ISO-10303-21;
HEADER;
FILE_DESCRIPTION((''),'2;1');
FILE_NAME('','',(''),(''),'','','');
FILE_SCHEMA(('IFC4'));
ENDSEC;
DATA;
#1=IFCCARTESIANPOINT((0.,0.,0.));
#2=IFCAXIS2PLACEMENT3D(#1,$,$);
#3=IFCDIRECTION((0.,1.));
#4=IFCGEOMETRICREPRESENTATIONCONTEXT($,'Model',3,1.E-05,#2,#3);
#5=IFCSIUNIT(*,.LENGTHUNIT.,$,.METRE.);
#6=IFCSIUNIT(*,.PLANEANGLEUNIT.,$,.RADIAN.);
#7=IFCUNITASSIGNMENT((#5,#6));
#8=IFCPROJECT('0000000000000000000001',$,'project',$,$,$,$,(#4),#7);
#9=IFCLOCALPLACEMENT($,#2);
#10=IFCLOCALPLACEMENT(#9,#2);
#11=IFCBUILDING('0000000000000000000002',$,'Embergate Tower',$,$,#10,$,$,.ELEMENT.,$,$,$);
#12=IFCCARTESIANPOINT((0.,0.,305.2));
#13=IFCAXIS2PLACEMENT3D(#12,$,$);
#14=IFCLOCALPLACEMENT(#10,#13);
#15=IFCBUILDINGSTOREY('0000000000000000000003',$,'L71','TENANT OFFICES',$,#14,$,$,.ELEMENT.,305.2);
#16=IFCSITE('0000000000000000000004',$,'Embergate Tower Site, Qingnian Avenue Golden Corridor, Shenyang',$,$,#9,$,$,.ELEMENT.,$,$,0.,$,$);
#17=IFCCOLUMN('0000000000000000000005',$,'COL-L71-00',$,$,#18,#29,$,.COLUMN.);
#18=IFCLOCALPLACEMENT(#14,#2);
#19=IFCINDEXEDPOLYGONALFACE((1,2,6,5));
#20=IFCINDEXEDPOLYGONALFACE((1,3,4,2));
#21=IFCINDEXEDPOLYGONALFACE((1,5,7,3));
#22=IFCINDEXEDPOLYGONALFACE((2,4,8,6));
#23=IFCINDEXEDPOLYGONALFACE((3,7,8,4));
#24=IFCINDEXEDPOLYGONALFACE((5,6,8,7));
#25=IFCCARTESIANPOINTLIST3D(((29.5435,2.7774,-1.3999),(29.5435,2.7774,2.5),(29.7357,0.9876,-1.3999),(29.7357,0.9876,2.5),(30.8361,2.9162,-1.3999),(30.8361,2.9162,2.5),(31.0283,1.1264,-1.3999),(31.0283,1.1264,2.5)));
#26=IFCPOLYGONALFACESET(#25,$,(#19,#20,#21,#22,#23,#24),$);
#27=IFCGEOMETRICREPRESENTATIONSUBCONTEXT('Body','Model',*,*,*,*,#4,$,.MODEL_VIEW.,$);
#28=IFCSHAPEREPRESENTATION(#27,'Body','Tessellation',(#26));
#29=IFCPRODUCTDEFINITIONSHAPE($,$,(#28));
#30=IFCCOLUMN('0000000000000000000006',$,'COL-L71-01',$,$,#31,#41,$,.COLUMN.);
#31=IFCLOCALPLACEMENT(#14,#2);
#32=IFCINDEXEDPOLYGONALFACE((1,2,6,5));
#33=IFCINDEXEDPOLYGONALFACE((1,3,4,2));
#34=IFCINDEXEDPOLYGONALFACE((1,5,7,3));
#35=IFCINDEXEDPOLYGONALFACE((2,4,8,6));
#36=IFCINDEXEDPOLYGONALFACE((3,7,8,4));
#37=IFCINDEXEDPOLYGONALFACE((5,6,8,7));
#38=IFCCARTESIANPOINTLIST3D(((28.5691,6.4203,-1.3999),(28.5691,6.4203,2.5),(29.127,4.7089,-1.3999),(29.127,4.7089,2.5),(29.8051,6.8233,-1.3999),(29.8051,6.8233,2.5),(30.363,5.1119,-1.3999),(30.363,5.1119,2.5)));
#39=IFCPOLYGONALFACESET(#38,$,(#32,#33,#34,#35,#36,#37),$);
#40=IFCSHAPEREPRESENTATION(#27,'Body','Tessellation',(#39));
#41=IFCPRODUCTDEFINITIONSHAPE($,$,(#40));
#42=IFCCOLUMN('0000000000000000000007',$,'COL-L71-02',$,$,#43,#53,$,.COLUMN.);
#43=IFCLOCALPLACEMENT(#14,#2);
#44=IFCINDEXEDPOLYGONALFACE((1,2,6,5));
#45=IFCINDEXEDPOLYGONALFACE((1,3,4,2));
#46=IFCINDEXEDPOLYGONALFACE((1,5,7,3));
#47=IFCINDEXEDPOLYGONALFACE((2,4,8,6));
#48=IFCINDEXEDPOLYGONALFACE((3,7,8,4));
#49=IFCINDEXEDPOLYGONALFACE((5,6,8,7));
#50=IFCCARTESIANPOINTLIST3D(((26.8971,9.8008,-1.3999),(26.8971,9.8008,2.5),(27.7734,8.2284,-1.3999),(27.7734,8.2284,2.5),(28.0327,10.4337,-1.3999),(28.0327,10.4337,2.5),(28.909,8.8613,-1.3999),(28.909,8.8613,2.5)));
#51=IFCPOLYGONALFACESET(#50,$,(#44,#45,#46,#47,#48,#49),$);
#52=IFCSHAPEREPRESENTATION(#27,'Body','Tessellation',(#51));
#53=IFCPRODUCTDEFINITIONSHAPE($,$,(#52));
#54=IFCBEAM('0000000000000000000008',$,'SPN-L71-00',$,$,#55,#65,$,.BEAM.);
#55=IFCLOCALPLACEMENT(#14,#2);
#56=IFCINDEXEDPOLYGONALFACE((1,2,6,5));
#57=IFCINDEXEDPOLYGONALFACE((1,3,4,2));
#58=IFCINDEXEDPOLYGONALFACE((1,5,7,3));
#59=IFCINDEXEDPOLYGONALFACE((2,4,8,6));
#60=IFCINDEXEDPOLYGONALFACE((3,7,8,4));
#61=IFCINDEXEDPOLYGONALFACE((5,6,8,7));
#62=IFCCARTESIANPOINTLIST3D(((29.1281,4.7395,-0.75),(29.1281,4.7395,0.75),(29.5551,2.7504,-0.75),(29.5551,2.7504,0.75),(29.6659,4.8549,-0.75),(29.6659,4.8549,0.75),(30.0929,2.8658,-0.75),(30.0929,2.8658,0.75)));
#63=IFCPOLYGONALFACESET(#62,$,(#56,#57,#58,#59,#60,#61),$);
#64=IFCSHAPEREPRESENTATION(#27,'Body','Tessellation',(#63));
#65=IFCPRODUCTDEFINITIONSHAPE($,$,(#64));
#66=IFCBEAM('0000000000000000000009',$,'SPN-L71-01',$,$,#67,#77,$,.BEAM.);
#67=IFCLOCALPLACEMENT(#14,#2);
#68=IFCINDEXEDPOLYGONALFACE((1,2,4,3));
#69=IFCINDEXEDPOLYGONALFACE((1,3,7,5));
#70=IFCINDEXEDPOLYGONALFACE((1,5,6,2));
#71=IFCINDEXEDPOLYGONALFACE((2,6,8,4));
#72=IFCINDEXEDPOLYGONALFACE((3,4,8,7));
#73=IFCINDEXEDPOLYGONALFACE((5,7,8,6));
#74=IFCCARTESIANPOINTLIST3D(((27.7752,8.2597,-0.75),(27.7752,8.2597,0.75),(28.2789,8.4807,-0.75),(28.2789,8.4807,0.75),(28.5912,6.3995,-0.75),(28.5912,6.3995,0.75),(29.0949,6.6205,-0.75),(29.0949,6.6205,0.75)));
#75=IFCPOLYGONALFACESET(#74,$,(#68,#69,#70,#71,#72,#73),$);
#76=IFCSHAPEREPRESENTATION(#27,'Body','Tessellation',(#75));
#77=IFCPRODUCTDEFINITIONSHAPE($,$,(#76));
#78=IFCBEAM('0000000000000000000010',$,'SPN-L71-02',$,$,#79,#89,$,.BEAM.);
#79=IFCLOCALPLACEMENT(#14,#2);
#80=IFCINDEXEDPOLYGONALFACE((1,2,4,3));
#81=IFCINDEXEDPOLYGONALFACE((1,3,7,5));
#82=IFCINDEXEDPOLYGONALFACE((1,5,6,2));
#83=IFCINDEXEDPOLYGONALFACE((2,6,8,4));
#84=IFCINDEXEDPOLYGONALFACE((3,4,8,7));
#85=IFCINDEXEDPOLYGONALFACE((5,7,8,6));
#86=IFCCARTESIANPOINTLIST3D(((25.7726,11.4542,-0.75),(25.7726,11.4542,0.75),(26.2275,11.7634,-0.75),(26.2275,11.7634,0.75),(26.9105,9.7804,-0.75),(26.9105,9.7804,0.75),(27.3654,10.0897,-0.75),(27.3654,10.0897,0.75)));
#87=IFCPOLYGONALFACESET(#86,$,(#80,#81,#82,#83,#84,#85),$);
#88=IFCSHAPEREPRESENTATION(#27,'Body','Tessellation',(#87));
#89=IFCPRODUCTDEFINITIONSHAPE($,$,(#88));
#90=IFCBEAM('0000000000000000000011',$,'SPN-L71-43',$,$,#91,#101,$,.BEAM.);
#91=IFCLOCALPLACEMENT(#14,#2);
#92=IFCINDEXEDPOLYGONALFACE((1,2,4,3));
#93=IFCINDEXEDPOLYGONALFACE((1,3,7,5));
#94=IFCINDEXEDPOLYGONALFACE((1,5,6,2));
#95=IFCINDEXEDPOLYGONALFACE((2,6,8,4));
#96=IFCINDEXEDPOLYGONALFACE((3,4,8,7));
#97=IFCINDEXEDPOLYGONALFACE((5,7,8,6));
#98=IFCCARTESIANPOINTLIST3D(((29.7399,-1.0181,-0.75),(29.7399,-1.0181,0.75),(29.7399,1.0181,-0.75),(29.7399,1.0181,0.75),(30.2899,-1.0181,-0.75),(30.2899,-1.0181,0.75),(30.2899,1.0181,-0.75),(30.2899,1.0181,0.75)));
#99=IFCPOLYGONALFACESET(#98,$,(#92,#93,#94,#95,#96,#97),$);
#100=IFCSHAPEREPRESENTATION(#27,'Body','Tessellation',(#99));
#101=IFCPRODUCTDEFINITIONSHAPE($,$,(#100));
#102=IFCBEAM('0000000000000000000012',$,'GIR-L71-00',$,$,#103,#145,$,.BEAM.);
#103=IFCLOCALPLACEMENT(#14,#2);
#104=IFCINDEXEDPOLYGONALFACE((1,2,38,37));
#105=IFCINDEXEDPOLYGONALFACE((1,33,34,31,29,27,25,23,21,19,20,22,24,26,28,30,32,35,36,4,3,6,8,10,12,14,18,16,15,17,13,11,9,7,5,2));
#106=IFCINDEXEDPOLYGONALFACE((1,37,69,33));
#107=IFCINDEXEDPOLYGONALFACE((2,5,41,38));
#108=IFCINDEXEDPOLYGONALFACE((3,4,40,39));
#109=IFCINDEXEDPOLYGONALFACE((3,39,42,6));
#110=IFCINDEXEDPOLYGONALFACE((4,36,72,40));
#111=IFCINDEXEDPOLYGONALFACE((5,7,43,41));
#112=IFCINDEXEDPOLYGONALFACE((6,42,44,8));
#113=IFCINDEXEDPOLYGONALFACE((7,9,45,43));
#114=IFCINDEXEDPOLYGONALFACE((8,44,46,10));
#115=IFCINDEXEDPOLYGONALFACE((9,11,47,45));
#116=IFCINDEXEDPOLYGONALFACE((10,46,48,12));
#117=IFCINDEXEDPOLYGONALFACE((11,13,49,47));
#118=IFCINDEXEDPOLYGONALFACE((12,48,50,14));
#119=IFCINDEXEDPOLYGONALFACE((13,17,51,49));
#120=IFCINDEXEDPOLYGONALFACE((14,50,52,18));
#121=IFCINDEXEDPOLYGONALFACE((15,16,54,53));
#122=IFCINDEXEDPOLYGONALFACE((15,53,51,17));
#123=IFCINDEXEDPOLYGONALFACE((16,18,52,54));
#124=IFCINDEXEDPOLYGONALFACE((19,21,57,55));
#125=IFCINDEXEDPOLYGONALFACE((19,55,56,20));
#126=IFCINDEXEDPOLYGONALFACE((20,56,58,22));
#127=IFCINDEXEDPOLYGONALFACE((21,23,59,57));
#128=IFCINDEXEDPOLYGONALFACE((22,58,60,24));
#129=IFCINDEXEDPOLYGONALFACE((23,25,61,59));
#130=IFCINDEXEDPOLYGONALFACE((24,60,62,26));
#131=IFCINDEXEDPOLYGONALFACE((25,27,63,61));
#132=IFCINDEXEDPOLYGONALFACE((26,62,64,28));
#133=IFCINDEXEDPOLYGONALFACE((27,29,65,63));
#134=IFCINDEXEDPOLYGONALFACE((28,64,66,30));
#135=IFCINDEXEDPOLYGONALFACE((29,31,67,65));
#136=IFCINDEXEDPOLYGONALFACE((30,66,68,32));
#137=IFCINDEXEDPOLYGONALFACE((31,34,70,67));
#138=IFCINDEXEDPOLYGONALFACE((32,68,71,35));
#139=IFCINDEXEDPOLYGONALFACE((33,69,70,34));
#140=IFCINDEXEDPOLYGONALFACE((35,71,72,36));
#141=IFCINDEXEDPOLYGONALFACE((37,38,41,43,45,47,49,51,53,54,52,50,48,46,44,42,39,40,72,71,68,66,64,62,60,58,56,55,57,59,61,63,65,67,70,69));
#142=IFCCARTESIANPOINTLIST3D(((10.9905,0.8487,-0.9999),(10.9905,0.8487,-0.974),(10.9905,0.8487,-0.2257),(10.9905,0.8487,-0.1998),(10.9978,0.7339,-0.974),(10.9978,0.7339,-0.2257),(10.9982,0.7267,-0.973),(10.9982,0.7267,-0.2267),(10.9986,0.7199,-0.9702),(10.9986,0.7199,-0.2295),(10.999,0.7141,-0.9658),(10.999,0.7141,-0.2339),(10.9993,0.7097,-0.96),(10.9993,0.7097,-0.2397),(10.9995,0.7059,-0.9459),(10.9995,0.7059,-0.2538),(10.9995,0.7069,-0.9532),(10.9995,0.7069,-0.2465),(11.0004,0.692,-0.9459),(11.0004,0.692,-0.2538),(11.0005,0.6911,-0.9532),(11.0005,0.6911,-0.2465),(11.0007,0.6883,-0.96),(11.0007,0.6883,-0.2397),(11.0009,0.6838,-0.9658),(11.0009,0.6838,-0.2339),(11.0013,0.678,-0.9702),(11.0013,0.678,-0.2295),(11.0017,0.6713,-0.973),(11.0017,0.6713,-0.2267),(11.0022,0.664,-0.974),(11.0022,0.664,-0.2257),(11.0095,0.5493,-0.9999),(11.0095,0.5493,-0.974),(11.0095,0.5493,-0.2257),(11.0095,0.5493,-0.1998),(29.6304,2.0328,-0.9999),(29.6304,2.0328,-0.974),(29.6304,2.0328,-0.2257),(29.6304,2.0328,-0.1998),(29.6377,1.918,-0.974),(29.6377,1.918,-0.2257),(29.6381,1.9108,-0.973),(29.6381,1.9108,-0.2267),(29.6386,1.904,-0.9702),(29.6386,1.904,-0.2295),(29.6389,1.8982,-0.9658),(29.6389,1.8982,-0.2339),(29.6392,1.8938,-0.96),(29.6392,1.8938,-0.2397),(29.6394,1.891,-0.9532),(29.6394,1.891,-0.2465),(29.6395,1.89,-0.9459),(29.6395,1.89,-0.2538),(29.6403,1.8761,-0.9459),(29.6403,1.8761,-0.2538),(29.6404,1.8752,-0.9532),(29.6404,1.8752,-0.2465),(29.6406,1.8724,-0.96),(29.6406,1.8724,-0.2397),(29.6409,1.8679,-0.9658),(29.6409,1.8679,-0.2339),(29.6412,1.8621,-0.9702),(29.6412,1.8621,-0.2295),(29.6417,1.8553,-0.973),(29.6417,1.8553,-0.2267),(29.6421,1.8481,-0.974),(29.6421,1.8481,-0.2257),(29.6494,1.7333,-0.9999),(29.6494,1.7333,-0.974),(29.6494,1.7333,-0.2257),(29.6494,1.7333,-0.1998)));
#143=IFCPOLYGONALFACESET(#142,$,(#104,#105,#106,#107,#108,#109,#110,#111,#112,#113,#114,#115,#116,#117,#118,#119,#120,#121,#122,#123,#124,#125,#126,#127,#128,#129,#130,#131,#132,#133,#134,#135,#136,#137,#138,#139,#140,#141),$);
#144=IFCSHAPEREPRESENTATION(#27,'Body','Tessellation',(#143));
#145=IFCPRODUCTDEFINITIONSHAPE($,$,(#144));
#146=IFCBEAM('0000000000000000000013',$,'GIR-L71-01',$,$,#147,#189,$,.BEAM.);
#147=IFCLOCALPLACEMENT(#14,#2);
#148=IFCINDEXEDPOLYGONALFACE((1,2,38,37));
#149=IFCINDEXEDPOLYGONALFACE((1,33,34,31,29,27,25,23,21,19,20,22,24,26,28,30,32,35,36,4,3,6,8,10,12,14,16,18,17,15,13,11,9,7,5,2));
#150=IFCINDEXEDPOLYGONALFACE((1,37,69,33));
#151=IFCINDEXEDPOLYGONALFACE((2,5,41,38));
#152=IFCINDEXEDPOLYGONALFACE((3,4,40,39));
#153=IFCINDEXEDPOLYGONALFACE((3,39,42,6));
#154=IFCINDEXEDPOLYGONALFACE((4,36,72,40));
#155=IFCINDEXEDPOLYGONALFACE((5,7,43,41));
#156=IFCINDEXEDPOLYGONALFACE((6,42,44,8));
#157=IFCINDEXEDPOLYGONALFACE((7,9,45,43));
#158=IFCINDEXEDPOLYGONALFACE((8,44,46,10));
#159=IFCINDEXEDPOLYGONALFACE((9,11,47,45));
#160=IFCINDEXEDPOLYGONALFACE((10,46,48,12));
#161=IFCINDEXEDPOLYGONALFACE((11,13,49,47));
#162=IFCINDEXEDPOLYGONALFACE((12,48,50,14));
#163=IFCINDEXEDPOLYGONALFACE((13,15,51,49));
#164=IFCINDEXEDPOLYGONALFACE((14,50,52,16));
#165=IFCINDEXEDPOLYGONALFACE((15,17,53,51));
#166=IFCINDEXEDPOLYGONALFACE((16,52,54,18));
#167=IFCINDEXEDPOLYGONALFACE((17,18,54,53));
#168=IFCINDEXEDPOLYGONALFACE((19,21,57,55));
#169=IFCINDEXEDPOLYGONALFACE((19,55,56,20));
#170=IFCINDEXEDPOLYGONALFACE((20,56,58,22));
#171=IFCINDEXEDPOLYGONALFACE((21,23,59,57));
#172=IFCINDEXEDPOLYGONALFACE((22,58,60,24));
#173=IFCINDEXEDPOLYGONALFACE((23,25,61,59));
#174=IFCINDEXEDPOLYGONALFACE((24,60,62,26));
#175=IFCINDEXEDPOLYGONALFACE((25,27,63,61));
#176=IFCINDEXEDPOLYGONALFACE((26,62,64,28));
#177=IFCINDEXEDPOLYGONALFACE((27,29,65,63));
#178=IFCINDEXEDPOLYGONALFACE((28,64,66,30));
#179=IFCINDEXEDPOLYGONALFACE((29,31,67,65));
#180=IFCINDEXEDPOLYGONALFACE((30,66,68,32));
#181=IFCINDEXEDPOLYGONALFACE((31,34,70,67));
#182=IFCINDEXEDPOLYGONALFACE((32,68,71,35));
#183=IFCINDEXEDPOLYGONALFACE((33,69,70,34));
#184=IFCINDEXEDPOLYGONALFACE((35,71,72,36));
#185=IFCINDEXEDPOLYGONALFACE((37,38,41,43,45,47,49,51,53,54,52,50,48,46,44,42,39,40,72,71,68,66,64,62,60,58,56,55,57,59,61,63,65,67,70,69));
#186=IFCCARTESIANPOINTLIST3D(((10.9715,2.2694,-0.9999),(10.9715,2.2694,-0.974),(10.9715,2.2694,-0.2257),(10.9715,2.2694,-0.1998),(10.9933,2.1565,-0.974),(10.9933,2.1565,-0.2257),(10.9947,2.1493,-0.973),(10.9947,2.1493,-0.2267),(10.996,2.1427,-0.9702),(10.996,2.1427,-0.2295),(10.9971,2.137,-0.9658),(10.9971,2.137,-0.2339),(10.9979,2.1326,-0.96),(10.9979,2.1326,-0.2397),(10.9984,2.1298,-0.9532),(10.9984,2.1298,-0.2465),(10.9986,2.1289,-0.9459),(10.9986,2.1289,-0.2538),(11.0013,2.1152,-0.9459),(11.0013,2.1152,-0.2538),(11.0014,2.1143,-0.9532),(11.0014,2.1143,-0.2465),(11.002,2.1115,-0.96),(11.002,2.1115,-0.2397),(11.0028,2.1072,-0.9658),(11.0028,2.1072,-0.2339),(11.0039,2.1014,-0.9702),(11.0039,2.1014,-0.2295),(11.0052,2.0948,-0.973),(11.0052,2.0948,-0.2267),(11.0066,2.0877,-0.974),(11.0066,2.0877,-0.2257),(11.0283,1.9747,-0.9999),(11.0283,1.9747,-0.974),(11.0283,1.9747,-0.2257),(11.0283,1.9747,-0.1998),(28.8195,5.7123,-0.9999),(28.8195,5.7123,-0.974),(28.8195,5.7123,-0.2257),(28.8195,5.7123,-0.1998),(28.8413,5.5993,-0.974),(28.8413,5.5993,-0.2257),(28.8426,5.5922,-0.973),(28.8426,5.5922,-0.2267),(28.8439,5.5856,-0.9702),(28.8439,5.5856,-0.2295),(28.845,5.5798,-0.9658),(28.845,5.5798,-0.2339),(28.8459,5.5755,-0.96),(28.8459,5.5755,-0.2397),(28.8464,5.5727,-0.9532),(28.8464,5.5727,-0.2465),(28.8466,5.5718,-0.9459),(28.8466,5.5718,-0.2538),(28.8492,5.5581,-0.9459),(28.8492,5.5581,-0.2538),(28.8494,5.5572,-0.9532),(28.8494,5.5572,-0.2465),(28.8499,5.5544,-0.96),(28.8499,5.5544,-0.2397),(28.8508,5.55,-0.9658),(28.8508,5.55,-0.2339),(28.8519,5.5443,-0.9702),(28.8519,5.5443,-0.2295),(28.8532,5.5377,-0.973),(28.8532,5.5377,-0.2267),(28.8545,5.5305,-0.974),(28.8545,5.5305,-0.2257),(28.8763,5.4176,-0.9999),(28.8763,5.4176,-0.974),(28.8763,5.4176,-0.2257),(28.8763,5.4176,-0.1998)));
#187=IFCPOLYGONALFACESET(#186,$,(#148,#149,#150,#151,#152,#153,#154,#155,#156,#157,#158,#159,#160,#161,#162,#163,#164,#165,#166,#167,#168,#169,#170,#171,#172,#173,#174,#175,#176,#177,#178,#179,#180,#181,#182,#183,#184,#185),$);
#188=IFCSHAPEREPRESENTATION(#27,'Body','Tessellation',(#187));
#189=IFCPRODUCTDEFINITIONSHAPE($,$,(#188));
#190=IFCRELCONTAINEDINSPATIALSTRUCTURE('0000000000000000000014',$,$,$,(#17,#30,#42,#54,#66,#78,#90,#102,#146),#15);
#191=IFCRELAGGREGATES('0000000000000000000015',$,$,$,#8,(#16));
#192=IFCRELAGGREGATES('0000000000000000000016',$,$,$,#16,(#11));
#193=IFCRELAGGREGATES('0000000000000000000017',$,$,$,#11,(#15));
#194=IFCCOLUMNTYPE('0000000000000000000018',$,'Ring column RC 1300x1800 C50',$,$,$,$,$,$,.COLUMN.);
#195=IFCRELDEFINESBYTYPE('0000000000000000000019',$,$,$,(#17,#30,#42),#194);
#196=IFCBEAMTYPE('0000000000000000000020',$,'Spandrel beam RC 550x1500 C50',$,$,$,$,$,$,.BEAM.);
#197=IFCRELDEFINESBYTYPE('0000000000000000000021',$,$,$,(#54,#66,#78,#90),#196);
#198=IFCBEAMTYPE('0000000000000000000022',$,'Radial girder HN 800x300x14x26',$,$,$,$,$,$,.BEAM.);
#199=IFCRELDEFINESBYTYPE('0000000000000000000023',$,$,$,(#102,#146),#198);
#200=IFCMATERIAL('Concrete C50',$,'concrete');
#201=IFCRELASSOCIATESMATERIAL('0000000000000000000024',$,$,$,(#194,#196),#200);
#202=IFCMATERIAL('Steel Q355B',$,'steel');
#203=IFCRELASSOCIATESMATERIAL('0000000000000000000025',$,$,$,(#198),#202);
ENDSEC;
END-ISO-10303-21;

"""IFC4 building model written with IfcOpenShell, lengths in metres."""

from ifc_helpers import new_model, si_unit, direction, frame, origin, origin_2d, place, context, subcontext, project, spatial, rectangle, i_section, extrude, source, transform, mapped, material, material_profile, profile_set, type_object, element, save


model = new_model("IFC4")

# Units and contexts
model_context = context("Model", 3, precision=1e-05, world=origin(), true_north=direction((0.0, 1.0)))
body_context = subcontext(model_context, "Body", "Model", "MODEL_VIEW")
ifc_project = project(units=[si_unit("LENGTHUNIT", "METRE"), si_unit("PLANEANGLEUNIT", "RADIAN")], contexts=[model_context])

# Site, building, storey
site_placement = place(None, origin())
site = spatial("IfcSite", under=ifc_project, at=site_placement, Name="Embergate Tower Site, Qingnian Avenue Golden Corridor, Shenyang", CompositionType="ELEMENT", RefElevation=0.0)
building_placement = place(site_placement, origin())
building = spatial("IfcBuilding", under=site, at=building_placement, Name="Embergate Tower", CompositionType="ELEMENT")
storey_placement = place(building_placement, frame((0.0, 0.0, 305.2)))
storey = spatial("IfcBuildingStorey", under=building, at=storey_placement, Name="L71", Description="TENANT OFFICES", CompositionType="ELEMENT", Elevation=305.2)

# Columns
ifc_material_1 = material(Name="Concrete C50", Category="concrete")
ifc_material_profile_1 = material_profile(ifc_material_1, rectangle(XDim=1.3, YDim=1.8, at=origin_2d()), Name="RC 1300x1800")
ifc_profile_set_1 = profile_set([ifc_material_profile_1], Name="Concrete C50")
column_type = type_object("IfcColumnType", Name="Ring column RC 1300x1800 C50", PredefinedType="COLUMN", material=ifc_profile_set_1)
shared_shape_1 = source(origin(), body_context, "Body", "SweptSolid", [
    extrude(rectangle(XDim=1.3, YDim=1.8, at=origin_2d()), origin(), (0.0, 0.0, 1.0), 3.8999),
])
for number, where, z_axis, x_axis, name in (
    (1, (30.2859, 1.9519, -1.3999), (0.0, 0.0, 1.0), (0.994286, 0.10675, 0.0), "COL-L71-00"),
    (2, (29.4661, 5.7661, -1.3999), (0.0, 0.0, 1.0), (0.950754, 0.309946, 0.0), "COL-L71-01"),
    (3, (27.9031, 9.3311, -1.3999), (0.0, 0.0, 1.0), (0.8735, 0.486823, 0.0), "COL-L71-02"),
):
    element("IfcColumn", number, at=place(storey_placement, frame(where, z_axis=z_axis, x_axis=x_axis)), inside=storey, type_object=column_type, Name=name, PredefinedType="COLUMN", context=body_context, shape_type="MappedRepresentation", body=[
        mapped(shared_shape_1, transform((0.0, 0.0, 0.0))),
    ])

# Beams
ifc_material_profile_2 = material_profile(ifc_material_1, rectangle(XDim=0.55, YDim=1.5, at=origin_2d()), Name="RC 550x1500")
ifc_profile_set_2 = profile_set([ifc_material_profile_2], Name="Concrete C50")
beam_type_1 = type_object("IfcBeamType", Name="Spandrel beam RC 550x1500 C50", PredefinedType="BEAM", material=ifc_profile_set_2)
shared_shape_2 = source(origin(), body_context, "Body", "SweptSolid", [
    extrude(rectangle(XDim=0.55, YDim=1.5, at=origin_2d()), origin(), (0.0, 0.0, 1.0), 2.0344),
])
beam_1_placement = place(storey_placement, frame((29.824, 2.8081, 0.0), z_axis=(-0.209898, 0.977723, 0.0), x_axis=(-0.977723, -0.209898, 0.0)))
element("IfcBeam", 4, at=beam_1_placement, inside=storey, type_object=beam_type_1, Name="SPN-L71-00", PredefinedType="BEAM", context=body_context, shape_type="MappedRepresentation", body=[
    mapped(shared_shape_2, transform((0.0, 0.0, 0.0))),
])
shared_shape_3 = source(origin(), body_context, "Body", "SweptSolid", [
    extrude(rectangle(XDim=0.55, YDim=1.5, at=origin_2d()), origin(), (0.0, 0.0, 1.0), 2.0312),
])
beam_2_placement = place(storey_placement, frame((28.843, 6.51, 0.0), z_axis=(-0.401695, 0.915773, 0.0), x_axis=(-0.915773, -0.401695, 0.0)))
element("IfcBeam", 5, at=beam_2_placement, inside=storey, type_object=beam_type_1, Name="SPN-L71-01", PredefinedType="BEAM", context=body_context, shape_type="MappedRepresentation", body=[
    mapped(shared_shape_3, transform((0.0, 0.0, 0.0))),
])
shared_shape_4 = source(origin(), body_context, "Body", "SweptSolid", [
    extrude(rectangle(XDim=0.55, YDim=1.5, at=origin_2d()), origin(), (0.0, 0.0, 1.0), 2.0239),
])
beam_3_placement = place(storey_placement, frame((27.1379, 9.9351, 0.0), z_axis=(-0.562221, 0.826987, 0.0), x_axis=(-0.826987, -0.562221, 0.0)))
element("IfcBeam", 6, at=beam_3_placement, inside=storey, type_object=beam_type_1, Name="SPN-L71-02", PredefinedType="BEAM", context=body_context, shape_type="MappedRepresentation", body=[
    mapped(shared_shape_4, transform((0.0, 0.0, 0.0))),
])
shared_shape_5 = source(origin(), body_context, "Body", "SweptSolid", [
    extrude(rectangle(XDim=0.55, YDim=1.5, at=origin_2d()), origin(), (0.0, 0.0, 1.0), 2.0361),
])
beam_4_placement = place(storey_placement, frame((30.0149, -1.0181, 0.0), z_axis=(0.0, 1.0, 0.0), x_axis=(-1.0, 0.0, 0.0)))
element("IfcBeam", 7, at=beam_4_placement, inside=storey, type_object=beam_type_1, Name="SPN-L71-43", PredefinedType="BEAM", context=body_context, shape_type="MappedRepresentation", body=[
    mapped(shared_shape_5, transform((0.0, 0.0, 0.0))),
])
ifc_material_2 = material(Name="Steel Q355B", Category="steel")
ifc_material_profile_3 = material_profile(ifc_material_2, i_section(OverallWidth=0.3, OverallDepth=0.8, WebThickness=0.0139, FlangeThickness=0.0259, FilletRadius=0.0281, at=origin_2d()), Name="HN 800x300x14x26")
ifc_profile_set_3 = profile_set([ifc_material_profile_3], Name="Steel Q355 grade B")
beam_type_2 = type_object("IfcBeamType", Name="Radial girder HN 800x300x14x26", PredefinedType="BEAM", material=ifc_profile_set_3)
shared_shape_6 = source(origin(), body_context, "Body", "SweptSolid", [
    extrude(i_section(OverallWidth=0.3, OverallDepth=0.8, WebThickness=0.0139, FlangeThickness=0.0259, FilletRadius=0.0281, at=origin_2d()), origin(), (0.0, 0.0, 1.0), 18.6775),
])
beam_5_placement = place(storey_placement, frame((29.6399, 1.8831, -0.5999), z_axis=(-0.997988, -0.063396, 0.0), x_axis=(0.063396, -0.997988, 0.0)))
element("IfcBeam", 8, at=beam_5_placement, inside=storey, type_object=beam_type_2, Name="GIR-L71-00", PredefinedType="BEAM", context=body_context, shape_type="MappedRepresentation", body=[
    mapped(shared_shape_6, transform((0.0, 0.0, 0.0))),
])
shared_shape_7 = source(origin(), body_context, "Body", "SweptSolid", [
    extrude(i_section(OverallWidth=0.3, OverallDepth=0.8, WebThickness=0.0139, FlangeThickness=0.0259, FilletRadius=0.0281, at=origin_2d()), origin(), (0.0, 0.0, 1.0), 18.177),
])
beam_6_placement = place(storey_placement, frame((28.8479, 5.5649, -0.5999), z_axis=(-0.981898, -0.189409, 0.0), x_axis=(0.189409, -0.981898, 0.0)))
element("IfcBeam", 9, at=beam_6_placement, inside=storey, type_object=beam_type_2, Name="GIR-L71-01", PredefinedType="BEAM", context=body_context, shape_type="MappedRepresentation", body=[
    mapped(shared_shape_7, transform((0.0, 0.0, 0.0))),
])

save(model, "model.ifc")
